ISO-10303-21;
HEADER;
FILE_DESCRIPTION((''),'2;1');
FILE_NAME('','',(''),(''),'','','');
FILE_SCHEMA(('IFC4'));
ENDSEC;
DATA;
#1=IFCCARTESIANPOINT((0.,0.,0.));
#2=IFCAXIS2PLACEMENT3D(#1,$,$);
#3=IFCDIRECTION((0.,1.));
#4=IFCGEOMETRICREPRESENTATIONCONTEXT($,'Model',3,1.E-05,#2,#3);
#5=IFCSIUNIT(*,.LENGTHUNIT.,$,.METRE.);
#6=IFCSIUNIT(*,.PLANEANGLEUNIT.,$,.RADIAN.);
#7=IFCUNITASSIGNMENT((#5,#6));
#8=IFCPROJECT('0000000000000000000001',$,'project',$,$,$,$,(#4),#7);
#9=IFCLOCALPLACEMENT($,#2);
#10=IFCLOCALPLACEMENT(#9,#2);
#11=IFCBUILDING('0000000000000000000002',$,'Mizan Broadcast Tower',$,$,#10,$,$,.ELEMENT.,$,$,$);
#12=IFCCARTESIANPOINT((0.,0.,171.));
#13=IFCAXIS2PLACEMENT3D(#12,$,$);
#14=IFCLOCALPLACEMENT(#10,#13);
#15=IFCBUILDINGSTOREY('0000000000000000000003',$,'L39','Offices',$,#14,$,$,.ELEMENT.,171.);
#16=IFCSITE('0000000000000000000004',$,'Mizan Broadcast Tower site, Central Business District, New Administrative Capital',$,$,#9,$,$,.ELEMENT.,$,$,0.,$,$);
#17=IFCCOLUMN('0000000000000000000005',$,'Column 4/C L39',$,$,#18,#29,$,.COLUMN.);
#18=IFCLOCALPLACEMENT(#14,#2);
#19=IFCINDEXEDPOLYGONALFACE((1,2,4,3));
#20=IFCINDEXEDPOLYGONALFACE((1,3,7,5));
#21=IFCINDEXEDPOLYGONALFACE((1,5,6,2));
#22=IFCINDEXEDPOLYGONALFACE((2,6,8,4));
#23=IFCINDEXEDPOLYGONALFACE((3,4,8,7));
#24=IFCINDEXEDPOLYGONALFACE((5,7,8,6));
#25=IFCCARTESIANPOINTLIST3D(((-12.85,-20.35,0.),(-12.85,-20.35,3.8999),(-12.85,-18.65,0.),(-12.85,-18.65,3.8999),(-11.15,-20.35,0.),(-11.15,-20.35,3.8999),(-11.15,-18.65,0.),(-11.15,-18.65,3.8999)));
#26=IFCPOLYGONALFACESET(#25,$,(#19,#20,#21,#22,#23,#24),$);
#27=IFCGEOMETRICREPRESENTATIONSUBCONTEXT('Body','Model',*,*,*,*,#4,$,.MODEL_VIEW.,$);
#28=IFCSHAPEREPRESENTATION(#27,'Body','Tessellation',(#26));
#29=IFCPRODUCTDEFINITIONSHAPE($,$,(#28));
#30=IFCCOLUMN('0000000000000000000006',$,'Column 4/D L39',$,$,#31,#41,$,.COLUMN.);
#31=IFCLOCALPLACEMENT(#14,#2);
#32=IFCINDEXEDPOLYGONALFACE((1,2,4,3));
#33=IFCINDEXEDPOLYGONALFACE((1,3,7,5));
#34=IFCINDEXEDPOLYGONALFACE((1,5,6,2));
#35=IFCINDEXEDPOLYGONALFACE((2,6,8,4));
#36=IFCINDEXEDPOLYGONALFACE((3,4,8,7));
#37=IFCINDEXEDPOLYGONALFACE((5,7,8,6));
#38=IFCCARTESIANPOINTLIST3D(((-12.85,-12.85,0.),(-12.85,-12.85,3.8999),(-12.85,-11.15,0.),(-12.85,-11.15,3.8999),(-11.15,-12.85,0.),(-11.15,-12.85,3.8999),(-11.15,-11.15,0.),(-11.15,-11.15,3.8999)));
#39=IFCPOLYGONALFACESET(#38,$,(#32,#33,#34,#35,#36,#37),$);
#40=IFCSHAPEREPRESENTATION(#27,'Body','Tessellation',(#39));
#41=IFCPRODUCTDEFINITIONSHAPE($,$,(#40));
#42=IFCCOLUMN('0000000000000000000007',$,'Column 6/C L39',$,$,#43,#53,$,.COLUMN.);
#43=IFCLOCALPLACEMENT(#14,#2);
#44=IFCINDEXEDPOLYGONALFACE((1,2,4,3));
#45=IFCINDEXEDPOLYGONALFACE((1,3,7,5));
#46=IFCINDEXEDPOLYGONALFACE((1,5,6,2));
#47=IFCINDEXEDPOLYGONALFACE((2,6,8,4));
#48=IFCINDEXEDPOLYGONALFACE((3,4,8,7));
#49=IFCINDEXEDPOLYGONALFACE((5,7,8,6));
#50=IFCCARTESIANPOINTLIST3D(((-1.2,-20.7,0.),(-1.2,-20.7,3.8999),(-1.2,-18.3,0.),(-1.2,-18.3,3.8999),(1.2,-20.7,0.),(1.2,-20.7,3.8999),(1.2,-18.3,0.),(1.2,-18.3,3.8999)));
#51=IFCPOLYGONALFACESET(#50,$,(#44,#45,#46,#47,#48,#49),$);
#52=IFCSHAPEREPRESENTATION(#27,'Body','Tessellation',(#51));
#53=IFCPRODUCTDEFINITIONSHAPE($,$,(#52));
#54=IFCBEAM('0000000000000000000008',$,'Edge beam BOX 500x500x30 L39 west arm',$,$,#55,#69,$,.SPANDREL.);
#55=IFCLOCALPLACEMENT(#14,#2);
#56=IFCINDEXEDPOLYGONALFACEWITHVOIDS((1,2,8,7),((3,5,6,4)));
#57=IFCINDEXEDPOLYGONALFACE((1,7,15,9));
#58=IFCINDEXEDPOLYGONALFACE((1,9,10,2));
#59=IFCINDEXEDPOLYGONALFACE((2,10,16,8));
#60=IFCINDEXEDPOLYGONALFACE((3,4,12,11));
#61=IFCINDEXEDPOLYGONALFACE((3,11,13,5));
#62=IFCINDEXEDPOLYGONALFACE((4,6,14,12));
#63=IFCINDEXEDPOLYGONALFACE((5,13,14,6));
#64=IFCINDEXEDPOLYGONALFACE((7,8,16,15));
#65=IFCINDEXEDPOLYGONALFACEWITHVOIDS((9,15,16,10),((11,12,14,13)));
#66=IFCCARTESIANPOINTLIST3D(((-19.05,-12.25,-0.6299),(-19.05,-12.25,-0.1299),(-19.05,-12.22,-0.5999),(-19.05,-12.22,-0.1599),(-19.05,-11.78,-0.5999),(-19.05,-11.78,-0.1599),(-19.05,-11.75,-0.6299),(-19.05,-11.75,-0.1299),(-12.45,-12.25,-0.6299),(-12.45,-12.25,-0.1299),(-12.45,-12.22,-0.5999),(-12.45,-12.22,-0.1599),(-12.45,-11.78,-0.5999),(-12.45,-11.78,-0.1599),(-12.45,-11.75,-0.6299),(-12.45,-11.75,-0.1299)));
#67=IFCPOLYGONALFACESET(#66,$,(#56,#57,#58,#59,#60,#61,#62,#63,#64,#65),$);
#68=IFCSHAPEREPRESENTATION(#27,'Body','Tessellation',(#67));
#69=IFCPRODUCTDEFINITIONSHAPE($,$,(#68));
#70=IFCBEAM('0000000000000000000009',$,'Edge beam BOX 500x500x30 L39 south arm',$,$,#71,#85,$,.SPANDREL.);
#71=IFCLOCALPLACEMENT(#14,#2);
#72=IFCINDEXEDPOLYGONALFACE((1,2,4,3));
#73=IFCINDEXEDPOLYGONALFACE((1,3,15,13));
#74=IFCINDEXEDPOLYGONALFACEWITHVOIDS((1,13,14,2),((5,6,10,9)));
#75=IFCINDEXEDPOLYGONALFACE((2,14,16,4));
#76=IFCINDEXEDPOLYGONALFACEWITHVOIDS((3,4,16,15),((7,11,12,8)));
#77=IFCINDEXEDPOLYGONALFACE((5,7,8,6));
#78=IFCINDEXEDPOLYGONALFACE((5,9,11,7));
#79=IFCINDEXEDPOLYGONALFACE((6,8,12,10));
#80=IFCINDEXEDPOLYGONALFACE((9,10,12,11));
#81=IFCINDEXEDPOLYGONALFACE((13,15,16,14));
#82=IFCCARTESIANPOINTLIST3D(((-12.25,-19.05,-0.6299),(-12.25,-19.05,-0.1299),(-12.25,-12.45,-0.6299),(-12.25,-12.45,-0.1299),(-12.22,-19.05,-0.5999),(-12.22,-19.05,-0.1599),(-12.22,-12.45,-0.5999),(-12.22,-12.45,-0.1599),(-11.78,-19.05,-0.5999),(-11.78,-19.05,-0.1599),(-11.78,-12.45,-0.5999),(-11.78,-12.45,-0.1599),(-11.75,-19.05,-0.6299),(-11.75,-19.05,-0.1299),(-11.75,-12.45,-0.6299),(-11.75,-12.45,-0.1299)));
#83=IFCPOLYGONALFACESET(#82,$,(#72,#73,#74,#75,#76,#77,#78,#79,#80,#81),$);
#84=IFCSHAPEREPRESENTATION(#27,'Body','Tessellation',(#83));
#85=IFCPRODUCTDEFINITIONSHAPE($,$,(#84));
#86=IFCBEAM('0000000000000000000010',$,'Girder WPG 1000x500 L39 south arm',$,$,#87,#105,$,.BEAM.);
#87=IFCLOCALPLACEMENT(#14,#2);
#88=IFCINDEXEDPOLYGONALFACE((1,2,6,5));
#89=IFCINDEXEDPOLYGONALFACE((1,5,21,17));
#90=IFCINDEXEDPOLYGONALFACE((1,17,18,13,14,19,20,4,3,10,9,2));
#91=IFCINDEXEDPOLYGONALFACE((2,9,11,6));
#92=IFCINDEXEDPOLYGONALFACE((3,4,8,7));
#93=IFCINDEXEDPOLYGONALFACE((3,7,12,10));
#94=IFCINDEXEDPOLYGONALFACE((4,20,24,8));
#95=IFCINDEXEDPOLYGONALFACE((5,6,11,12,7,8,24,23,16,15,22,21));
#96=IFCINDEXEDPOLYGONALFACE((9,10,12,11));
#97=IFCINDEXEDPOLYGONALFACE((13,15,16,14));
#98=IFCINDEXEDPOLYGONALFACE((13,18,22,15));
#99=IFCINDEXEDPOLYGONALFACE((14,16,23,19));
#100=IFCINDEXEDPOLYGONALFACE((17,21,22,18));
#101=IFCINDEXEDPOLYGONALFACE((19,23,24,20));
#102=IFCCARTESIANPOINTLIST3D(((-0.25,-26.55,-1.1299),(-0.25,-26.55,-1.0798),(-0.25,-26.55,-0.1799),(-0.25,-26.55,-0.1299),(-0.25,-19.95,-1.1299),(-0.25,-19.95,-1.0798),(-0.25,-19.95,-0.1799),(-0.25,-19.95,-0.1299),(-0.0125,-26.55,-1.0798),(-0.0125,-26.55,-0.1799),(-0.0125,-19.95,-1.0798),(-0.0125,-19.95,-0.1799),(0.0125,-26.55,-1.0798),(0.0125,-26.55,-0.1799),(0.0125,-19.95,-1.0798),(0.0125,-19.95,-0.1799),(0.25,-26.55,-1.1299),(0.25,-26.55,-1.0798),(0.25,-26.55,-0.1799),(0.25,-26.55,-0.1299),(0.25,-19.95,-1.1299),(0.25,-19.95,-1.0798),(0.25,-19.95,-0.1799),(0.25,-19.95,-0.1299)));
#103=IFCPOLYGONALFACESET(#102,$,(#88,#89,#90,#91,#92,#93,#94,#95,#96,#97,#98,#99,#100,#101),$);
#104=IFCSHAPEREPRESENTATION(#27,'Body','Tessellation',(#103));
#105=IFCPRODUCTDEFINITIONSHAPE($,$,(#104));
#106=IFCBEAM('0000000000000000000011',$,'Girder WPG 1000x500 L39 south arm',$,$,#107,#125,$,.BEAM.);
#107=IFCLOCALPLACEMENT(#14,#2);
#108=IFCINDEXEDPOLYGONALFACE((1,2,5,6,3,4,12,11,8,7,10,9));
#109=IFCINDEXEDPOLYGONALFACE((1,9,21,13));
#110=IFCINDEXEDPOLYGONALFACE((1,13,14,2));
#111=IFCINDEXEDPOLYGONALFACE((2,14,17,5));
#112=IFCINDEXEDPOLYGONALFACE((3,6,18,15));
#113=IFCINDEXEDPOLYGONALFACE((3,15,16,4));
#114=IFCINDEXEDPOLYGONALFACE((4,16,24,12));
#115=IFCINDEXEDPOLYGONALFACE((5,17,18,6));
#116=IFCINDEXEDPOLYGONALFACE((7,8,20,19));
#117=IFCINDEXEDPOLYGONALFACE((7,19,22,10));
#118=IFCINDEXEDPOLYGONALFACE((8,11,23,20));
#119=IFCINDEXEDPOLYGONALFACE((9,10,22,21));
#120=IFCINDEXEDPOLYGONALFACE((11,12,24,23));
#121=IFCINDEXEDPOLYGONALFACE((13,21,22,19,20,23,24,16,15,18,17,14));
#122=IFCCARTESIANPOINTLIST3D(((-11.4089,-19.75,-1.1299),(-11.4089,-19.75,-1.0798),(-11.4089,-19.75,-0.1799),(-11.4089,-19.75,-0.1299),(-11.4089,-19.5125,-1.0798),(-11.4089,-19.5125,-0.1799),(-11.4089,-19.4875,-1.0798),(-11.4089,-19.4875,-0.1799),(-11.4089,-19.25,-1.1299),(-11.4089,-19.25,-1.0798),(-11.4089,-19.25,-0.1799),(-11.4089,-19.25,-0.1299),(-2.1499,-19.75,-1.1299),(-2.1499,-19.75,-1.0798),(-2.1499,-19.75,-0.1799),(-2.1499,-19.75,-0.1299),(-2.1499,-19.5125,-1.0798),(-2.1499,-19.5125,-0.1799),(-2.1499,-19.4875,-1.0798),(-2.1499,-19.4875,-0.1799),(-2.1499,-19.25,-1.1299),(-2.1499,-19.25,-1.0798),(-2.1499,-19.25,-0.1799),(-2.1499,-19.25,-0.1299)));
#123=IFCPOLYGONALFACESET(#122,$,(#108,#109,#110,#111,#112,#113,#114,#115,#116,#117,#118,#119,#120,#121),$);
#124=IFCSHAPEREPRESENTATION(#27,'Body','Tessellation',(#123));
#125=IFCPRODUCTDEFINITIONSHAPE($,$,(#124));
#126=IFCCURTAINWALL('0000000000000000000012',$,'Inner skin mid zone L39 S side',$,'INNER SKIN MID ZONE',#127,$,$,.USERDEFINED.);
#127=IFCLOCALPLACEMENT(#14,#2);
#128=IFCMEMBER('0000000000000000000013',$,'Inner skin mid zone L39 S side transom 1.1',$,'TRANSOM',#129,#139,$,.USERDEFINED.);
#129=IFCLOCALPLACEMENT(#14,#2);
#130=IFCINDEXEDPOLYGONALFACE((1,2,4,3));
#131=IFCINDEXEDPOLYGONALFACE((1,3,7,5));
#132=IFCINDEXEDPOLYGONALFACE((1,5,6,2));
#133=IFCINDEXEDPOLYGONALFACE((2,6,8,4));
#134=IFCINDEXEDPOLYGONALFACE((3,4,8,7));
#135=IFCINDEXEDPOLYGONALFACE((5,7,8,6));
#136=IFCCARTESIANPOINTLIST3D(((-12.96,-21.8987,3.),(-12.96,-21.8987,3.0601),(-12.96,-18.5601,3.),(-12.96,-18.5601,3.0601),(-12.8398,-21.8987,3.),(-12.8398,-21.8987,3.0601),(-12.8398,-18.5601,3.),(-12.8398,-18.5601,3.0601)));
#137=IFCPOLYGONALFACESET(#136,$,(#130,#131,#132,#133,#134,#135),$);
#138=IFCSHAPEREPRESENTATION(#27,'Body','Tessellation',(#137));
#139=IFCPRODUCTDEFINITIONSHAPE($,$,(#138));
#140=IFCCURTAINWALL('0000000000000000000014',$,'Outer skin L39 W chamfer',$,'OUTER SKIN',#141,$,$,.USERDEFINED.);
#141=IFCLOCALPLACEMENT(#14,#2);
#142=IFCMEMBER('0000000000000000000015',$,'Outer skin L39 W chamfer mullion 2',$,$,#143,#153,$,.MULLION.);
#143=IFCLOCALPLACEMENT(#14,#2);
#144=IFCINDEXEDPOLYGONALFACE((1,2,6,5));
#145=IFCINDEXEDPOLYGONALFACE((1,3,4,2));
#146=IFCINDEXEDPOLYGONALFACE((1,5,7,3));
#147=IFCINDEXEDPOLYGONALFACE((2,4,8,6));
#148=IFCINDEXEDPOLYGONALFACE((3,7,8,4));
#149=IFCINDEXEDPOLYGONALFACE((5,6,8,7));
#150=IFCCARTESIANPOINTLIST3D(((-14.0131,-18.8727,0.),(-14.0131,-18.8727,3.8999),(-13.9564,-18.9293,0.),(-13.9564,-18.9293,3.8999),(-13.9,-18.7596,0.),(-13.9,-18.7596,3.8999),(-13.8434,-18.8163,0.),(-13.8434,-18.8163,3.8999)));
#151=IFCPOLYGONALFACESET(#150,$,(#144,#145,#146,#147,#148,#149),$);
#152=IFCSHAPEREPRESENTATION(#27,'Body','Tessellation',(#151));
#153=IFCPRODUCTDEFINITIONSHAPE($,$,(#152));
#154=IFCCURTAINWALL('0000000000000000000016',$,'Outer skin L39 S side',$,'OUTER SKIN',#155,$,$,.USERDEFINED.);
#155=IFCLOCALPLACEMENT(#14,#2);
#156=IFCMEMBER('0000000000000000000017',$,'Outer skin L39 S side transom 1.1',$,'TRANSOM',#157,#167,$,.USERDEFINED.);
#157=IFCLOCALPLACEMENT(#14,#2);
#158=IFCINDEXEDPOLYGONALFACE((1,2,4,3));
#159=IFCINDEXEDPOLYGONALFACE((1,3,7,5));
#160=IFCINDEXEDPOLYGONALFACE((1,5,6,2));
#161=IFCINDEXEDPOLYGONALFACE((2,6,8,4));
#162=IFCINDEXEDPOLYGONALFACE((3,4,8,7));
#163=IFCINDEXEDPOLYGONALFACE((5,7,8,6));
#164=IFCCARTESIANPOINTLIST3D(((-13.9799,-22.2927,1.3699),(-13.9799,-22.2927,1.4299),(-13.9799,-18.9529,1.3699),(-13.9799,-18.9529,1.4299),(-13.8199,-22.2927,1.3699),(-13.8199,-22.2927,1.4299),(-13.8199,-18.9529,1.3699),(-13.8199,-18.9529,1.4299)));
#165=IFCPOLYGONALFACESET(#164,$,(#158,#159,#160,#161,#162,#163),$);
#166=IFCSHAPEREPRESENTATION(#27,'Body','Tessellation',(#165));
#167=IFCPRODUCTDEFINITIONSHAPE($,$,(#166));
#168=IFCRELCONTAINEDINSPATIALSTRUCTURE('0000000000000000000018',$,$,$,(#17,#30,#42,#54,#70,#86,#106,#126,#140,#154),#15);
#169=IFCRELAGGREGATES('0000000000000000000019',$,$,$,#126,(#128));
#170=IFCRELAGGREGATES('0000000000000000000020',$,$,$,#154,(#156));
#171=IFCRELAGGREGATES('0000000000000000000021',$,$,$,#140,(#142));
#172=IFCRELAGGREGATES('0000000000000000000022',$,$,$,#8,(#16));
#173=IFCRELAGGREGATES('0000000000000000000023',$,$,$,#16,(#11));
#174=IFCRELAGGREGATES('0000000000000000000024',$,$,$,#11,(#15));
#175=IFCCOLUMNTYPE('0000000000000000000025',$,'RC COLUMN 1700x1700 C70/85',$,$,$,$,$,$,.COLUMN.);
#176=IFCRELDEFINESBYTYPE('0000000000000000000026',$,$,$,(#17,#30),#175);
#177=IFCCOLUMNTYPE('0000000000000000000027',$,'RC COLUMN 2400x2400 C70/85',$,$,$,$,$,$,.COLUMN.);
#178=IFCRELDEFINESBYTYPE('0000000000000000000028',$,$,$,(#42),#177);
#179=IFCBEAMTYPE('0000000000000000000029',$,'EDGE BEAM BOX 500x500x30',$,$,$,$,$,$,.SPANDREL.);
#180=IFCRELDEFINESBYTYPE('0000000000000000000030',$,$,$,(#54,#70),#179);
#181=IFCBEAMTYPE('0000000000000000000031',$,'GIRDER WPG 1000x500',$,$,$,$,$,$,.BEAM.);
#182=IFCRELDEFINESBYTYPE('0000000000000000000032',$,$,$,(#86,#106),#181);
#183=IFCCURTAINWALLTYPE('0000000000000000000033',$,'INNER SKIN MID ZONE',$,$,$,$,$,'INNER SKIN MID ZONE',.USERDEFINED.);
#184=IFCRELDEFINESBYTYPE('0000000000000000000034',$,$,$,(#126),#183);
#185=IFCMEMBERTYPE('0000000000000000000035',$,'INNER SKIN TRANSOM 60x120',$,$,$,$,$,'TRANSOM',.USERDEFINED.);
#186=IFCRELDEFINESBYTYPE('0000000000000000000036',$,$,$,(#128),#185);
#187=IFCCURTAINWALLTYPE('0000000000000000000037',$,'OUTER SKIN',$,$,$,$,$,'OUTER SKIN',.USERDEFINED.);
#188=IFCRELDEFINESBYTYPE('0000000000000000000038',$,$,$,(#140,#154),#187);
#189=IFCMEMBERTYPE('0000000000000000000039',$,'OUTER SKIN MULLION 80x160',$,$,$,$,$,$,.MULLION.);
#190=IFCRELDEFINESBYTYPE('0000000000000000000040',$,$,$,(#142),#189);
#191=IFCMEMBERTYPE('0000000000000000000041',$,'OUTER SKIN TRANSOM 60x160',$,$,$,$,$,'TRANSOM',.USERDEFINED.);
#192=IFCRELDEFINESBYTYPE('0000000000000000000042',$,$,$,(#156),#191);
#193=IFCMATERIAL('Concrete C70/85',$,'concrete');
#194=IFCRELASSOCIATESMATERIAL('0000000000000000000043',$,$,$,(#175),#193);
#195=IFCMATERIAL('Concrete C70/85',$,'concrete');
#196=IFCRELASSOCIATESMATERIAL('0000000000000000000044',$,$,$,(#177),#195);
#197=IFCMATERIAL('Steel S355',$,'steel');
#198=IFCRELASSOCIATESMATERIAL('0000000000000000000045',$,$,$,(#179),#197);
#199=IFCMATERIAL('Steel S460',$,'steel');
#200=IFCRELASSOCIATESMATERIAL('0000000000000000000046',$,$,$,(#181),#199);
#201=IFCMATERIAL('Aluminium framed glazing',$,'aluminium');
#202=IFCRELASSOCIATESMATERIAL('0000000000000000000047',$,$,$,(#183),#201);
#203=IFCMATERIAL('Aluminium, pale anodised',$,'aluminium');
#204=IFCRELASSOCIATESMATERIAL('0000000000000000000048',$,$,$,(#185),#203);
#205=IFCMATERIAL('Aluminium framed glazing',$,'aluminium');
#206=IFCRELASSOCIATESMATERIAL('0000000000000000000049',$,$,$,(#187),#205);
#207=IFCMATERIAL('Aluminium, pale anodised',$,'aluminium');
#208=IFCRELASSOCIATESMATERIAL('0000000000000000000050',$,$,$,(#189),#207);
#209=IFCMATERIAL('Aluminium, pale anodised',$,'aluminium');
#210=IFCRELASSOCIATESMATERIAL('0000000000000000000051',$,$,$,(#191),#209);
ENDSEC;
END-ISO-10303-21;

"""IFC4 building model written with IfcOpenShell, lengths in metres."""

from ifc_helpers import new_model, si_unit, direction, frame, origin, origin_2d, place, context, subcontext, project, spatial, rectangle, hollow_rectangle, i_section, extrude, material, material_profile, profile_set, type_object, element, aggregate, save


model = new_model("IFC4")

# Units and contexts
model_context = context("Model", 3, precision=1e-05, world=origin(), true_north=direction((0.0, 1.0)))
body_context = subcontext(model_context, "Body", "Model", "MODEL_VIEW")
ifc_project = project(units=[si_unit("LENGTHUNIT", "METRE"), si_unit("PLANEANGLEUNIT", "RADIAN")], contexts=[model_context])

# Site, building, storey
site_placement = place(None, origin())
site = spatial("IfcSite", under=ifc_project, at=site_placement, Name="Mizan Broadcast Tower site, Central Business District, New Administrative Capital", CompositionType="ELEMENT", RefElevation=0.0)
building_placement = place(site_placement, origin())
building = spatial("IfcBuilding", under=site, at=building_placement, Name="Mizan Broadcast Tower", CompositionType="ELEMENT")
storey_placement = place(building_placement, frame((0.0, 0.0, 171.0)))
storey = spatial("IfcBuildingStorey", under=building, at=storey_placement, Name="L39", Description="Offices", CompositionType="ELEMENT", Elevation=171.0)

# Columns
ifc_material_1 = material(Name="Concrete C70/85", Category="concrete")
ifc_material_profile_1 = material_profile(ifc_material_1, rectangle(XDim=1.7, YDim=1.7, at=origin_2d()), Name="RC 1700x1700")
ifc_profile_set_1 = profile_set([ifc_material_profile_1], Name="Concrete C70/85")
column_type_1 = type_object("IfcColumnType", Name="RC COLUMN 1700x1700 C70/85", PredefinedType="COLUMN", material=ifc_profile_set_1)
for number, where, z_axis, x_axis, name in (
    (1, (-12.0, -19.5, 0.0), (0.0, 0.0, 1.0), (1.0, 0.0, 0.0), "Column 4/C L39"),
    (2, (-12.0, -12.0, 0.0), (0.0, 0.0, 1.0), (1.0, 0.0, 0.0), "Column 4/D L39"),
):
    element("IfcColumn", number, at=place(storey_placement, frame(where, z_axis=z_axis, x_axis=x_axis)), inside=storey, type_object=column_type_1, Name=name, PredefinedType="COLUMN", context=body_context, shape_type="SweptSolid", body=[
        extrude(rectangle(XDim=1.7, YDim=1.7, at=origin_2d()), origin(), (0.0, 0.0, 1.0), 3.8999),
    ])
ifc_material_2 = material(Name="Concrete C70/85", Category="concrete")
ifc_material_profile_2 = material_profile(ifc_material_2, rectangle(XDim=2.3999, YDim=2.3999, at=origin_2d()), Name="RC 2400x2400")
ifc_profile_set_2 = profile_set([ifc_material_profile_2], Name="Concrete C70/85")
column_type_2 = type_object("IfcColumnType", Name="RC COLUMN 2400x2400 C70/85", PredefinedType="COLUMN", material=ifc_profile_set_2)
column_placement = place(storey_placement, frame((0.0, -19.5, 0.0), z_axis=(0.0, 0.0, 1.0), x_axis=(1.0, 0.0, 0.0)))
element("IfcColumn", 3, at=column_placement, inside=storey, type_object=column_type_2, Name="Column 6/C L39", PredefinedType="COLUMN", context=body_context, shape_type="SweptSolid", body=[
    extrude(rectangle(XDim=2.3999, YDim=2.3999, at=origin_2d()), origin(), (0.0, 0.0, 1.0), 3.8999),
])

# Beams
ifc_material_3 = material(Name="Steel S355", Category="steel")
ifc_material_profile_3 = material_profile(ifc_material_3, hollow_rectangle(XDim=0.5, YDim=0.5, WallThickness=0.03, at=origin_2d()), Name="BOX 500x500x30")
ifc_profile_set_3 = profile_set([ifc_material_profile_3], Name="Steel S355")
beam_type_1 = type_object("IfcBeamType", Name="EDGE BEAM BOX 500x500x30", PredefinedType="SPANDREL", material=ifc_profile_set_3)
for number, where, z_axis, x_axis, name in (
    (4, (-12.45, -12.0, -0.3799), (-1.0, 0.0, 0.0), (0.0, -1.0, 0.0), "Edge beam BOX 500x500x30 L39 west arm"),
    (5, (-12.0, -12.45, -0.3799), (0.0, -1.0, 0.0), (1.0, 0.0, 0.0), "Edge beam BOX 500x500x30 L39 south arm"),
):
    element("IfcBeam", number, at=place(storey_placement, frame(where, z_axis=z_axis, x_axis=x_axis)), inside=storey, type_object=beam_type_1, Name=name, PredefinedType="SPANDREL", context=body_context, shape_type="SweptSolid", body=[
        extrude(hollow_rectangle(XDim=0.5, YDim=0.5, WallThickness=0.03, at=origin_2d()), origin(), (0.0, 0.0, 1.0), 6.6001),
    ])
ifc_material_4 = material(Name="Steel S460", Category="steel")
ifc_material_profile_4 = material_profile(ifc_material_4, i_section(OverallWidth=0.5, OverallDepth=1.0, WebThickness=0.0249, FlangeThickness=0.05, at=origin_2d()), Name="WPG 1000x500")
ifc_profile_set_4 = profile_set([ifc_material_profile_4], Name="Steel S460")
beam_type_2 = type_object("IfcBeamType", Name="GIRDER WPG 1000x500", PredefinedType="BEAM", material=ifc_profile_set_4)
beam_1_placement = place(storey_placement, frame((0.0, -19.95, -0.6299), z_axis=(0.0, -1.0, 0.0), x_axis=(1.0, 0.0, 0.0)))
element("IfcBeam", 6, at=beam_1_placement, inside=storey, type_object=beam_type_2, Name="Girder WPG 1000x500 L39 south arm", PredefinedType="BEAM", context=body_context, shape_type="SweptSolid", body=[
    extrude(i_section(OverallWidth=0.5, OverallDepth=1.0, WebThickness=0.0249, FlangeThickness=0.05, at=origin_2d()), origin(), (0.0, 0.0, 1.0), 6.6001),
])
beam_2_placement = place(storey_placement, frame((-11.4089, -19.5, -0.6299), z_axis=(1.0, 0.0, 0.0), x_axis=(0.0, 1.0, 0.0)))
element("IfcBeam", 7, at=beam_2_placement, inside=storey, type_object=beam_type_2, Name="Girder WPG 1000x500 L39 south arm", PredefinedType="BEAM", context=body_context, shape_type="SweptSolid", body=[
    extrude(i_section(OverallWidth=0.5, OverallDepth=1.0, WebThickness=0.0249, FlangeThickness=0.05, at=origin_2d()), origin(), (0.0, 0.0, 1.0), 9.259),
])

# Curtain walls, members
ifc_material_5 = material(Name="Aluminium framed glazing", Category="aluminium")
curtain_wall_type_1 = type_object("IfcCurtainWallType", Name="INNER SKIN MID ZONE", ElementType="INNER SKIN MID ZONE", PredefinedType="USERDEFINED", material=ifc_material_5)
curtain_wall_1_placement = place(storey_placement, origin())
curtain_wall_1 = element("IfcCurtainWall", 8, at=curtain_wall_1_placement, inside=storey, type_object=curtain_wall_type_1, Name="Inner skin mid zone L39 S side", ObjectType="INNER SKIN MID ZONE", PredefinedType="USERDEFINED")
ifc_material_6 = material(Name="Aluminium, pale anodised", Category="aluminium")
ifc_material_profile_5 = material_profile(ifc_material_6, rectangle(XDim=0.1201, YDim=0.0601, at=origin_2d()), Name="TRANSOM 120x60")
ifc_profile_set_5 = profile_set([ifc_material_profile_5], Name="Aluminium, pale anodised")
member_type_1 = type_object("IfcMemberType", Name="INNER SKIN TRANSOM 60x120", ElementType="TRANSOM", PredefinedType="USERDEFINED", material=ifc_profile_set_5)
member_1_placement = place(storey_placement, frame((-12.8999, -18.5601, 3.03), z_axis=(0.0, -1.0, 0.0), x_axis=(1.0, 0.0, 0.0)))
member_1 = element("IfcMember", 9, at=member_1_placement, type_object=member_type_1, Name="Inner skin mid zone L39 S side transom 1.1", ObjectType="TRANSOM", PredefinedType="USERDEFINED", context=body_context, shape_type="SweptSolid", body=[
    extrude(rectangle(XDim=0.1201, YDim=0.0601, at=origin_2d()), origin(), (0.0, 0.0, 1.0), 3.3386),
])
aggregate(curtain_wall_1, [member_1])
ifc_material_7 = material(Name="Aluminium framed glazing", Category="aluminium")
curtain_wall_type_2 = type_object("IfcCurtainWallType", Name="OUTER SKIN", ElementType="OUTER SKIN", PredefinedType="USERDEFINED", material=ifc_material_7)
curtain_wall_2_placement = place(storey_placement, origin())
curtain_wall_2 = element("IfcCurtainWall", 10, at=curtain_wall_2_placement, inside=storey, type_object=curtain_wall_type_2, Name="Outer skin L39 W chamfer", ObjectType="OUTER SKIN", PredefinedType="USERDEFINED")
ifc_material_8 = material(Name="Aluminium, pale anodised", Category="aluminium")
ifc_material_profile_6 = material_profile(ifc_material_8, rectangle(XDim=0.1599, YDim=0.0801, at=origin_2d()), Name="MULLION 160x80")
ifc_profile_set_6 = profile_set([ifc_material_profile_6], Name="Aluminium, pale anodised")
member_type_2 = type_object("IfcMemberType", Name="OUTER SKIN MULLION 80x160", PredefinedType="MULLION", material=ifc_profile_set_6)
member_2_placement = place(storey_placement, frame((-13.9282, -18.8445, 0.0), z_axis=(0.0, 0.0, 1.0), x_axis=(0.707107, 0.707107, 0.0)))
member_2 = element("IfcMember", 11, at=member_2_placement, type_object=member_type_2, Name="Outer skin L39 W chamfer mullion 2", PredefinedType="MULLION", context=body_context, shape_type="SweptSolid", body=[
    extrude(rectangle(XDim=0.1599, YDim=0.0801, at=origin_2d()), origin(), (0.0, 0.0, 1.0), 3.8999),
])
curtain_wall_3_placement = place(storey_placement, origin())
curtain_wall_3 = element("IfcCurtainWall", 12, at=curtain_wall_3_placement, inside=storey, type_object=curtain_wall_type_2, Name="Outer skin L39 S side", ObjectType="OUTER SKIN", PredefinedType="USERDEFINED")
ifc_material_9 = material(Name="Aluminium, pale anodised", Category="aluminium")
ifc_material_profile_7 = material_profile(ifc_material_9, rectangle(XDim=0.1599, YDim=0.0601, at=origin_2d()), Name="TRANSOM 160x60")
ifc_profile_set_7 = profile_set([ifc_material_profile_7], Name="Aluminium, pale anodised")
member_type_3 = type_object("IfcMemberType", Name="OUTER SKIN TRANSOM 60x160", ElementType="TRANSOM", PredefinedType="USERDEFINED", material=ifc_profile_set_7)
member_3_placement = place(storey_placement, frame((-13.8999, -18.9529, 1.3999), z_axis=(0.0, -1.0, 0.0), x_axis=(1.0, 0.0, 0.0)))
member_3 = element("IfcMember", 13, at=member_3_placement, type_object=member_type_3, Name="Outer skin L39 S side transom 1.1", ObjectType="TRANSOM", PredefinedType="USERDEFINED", context=body_context, shape_type="SweptSolid", body=[
    extrude(rectangle(XDim=0.1599, YDim=0.0601, at=origin_2d()), origin(), (0.0, 0.0, 1.0), 3.3398),
])
aggregate(curtain_wall_3, [member_3])

aggregate(curtain_wall_2, [member_2])

save(model, "model.ifc")
